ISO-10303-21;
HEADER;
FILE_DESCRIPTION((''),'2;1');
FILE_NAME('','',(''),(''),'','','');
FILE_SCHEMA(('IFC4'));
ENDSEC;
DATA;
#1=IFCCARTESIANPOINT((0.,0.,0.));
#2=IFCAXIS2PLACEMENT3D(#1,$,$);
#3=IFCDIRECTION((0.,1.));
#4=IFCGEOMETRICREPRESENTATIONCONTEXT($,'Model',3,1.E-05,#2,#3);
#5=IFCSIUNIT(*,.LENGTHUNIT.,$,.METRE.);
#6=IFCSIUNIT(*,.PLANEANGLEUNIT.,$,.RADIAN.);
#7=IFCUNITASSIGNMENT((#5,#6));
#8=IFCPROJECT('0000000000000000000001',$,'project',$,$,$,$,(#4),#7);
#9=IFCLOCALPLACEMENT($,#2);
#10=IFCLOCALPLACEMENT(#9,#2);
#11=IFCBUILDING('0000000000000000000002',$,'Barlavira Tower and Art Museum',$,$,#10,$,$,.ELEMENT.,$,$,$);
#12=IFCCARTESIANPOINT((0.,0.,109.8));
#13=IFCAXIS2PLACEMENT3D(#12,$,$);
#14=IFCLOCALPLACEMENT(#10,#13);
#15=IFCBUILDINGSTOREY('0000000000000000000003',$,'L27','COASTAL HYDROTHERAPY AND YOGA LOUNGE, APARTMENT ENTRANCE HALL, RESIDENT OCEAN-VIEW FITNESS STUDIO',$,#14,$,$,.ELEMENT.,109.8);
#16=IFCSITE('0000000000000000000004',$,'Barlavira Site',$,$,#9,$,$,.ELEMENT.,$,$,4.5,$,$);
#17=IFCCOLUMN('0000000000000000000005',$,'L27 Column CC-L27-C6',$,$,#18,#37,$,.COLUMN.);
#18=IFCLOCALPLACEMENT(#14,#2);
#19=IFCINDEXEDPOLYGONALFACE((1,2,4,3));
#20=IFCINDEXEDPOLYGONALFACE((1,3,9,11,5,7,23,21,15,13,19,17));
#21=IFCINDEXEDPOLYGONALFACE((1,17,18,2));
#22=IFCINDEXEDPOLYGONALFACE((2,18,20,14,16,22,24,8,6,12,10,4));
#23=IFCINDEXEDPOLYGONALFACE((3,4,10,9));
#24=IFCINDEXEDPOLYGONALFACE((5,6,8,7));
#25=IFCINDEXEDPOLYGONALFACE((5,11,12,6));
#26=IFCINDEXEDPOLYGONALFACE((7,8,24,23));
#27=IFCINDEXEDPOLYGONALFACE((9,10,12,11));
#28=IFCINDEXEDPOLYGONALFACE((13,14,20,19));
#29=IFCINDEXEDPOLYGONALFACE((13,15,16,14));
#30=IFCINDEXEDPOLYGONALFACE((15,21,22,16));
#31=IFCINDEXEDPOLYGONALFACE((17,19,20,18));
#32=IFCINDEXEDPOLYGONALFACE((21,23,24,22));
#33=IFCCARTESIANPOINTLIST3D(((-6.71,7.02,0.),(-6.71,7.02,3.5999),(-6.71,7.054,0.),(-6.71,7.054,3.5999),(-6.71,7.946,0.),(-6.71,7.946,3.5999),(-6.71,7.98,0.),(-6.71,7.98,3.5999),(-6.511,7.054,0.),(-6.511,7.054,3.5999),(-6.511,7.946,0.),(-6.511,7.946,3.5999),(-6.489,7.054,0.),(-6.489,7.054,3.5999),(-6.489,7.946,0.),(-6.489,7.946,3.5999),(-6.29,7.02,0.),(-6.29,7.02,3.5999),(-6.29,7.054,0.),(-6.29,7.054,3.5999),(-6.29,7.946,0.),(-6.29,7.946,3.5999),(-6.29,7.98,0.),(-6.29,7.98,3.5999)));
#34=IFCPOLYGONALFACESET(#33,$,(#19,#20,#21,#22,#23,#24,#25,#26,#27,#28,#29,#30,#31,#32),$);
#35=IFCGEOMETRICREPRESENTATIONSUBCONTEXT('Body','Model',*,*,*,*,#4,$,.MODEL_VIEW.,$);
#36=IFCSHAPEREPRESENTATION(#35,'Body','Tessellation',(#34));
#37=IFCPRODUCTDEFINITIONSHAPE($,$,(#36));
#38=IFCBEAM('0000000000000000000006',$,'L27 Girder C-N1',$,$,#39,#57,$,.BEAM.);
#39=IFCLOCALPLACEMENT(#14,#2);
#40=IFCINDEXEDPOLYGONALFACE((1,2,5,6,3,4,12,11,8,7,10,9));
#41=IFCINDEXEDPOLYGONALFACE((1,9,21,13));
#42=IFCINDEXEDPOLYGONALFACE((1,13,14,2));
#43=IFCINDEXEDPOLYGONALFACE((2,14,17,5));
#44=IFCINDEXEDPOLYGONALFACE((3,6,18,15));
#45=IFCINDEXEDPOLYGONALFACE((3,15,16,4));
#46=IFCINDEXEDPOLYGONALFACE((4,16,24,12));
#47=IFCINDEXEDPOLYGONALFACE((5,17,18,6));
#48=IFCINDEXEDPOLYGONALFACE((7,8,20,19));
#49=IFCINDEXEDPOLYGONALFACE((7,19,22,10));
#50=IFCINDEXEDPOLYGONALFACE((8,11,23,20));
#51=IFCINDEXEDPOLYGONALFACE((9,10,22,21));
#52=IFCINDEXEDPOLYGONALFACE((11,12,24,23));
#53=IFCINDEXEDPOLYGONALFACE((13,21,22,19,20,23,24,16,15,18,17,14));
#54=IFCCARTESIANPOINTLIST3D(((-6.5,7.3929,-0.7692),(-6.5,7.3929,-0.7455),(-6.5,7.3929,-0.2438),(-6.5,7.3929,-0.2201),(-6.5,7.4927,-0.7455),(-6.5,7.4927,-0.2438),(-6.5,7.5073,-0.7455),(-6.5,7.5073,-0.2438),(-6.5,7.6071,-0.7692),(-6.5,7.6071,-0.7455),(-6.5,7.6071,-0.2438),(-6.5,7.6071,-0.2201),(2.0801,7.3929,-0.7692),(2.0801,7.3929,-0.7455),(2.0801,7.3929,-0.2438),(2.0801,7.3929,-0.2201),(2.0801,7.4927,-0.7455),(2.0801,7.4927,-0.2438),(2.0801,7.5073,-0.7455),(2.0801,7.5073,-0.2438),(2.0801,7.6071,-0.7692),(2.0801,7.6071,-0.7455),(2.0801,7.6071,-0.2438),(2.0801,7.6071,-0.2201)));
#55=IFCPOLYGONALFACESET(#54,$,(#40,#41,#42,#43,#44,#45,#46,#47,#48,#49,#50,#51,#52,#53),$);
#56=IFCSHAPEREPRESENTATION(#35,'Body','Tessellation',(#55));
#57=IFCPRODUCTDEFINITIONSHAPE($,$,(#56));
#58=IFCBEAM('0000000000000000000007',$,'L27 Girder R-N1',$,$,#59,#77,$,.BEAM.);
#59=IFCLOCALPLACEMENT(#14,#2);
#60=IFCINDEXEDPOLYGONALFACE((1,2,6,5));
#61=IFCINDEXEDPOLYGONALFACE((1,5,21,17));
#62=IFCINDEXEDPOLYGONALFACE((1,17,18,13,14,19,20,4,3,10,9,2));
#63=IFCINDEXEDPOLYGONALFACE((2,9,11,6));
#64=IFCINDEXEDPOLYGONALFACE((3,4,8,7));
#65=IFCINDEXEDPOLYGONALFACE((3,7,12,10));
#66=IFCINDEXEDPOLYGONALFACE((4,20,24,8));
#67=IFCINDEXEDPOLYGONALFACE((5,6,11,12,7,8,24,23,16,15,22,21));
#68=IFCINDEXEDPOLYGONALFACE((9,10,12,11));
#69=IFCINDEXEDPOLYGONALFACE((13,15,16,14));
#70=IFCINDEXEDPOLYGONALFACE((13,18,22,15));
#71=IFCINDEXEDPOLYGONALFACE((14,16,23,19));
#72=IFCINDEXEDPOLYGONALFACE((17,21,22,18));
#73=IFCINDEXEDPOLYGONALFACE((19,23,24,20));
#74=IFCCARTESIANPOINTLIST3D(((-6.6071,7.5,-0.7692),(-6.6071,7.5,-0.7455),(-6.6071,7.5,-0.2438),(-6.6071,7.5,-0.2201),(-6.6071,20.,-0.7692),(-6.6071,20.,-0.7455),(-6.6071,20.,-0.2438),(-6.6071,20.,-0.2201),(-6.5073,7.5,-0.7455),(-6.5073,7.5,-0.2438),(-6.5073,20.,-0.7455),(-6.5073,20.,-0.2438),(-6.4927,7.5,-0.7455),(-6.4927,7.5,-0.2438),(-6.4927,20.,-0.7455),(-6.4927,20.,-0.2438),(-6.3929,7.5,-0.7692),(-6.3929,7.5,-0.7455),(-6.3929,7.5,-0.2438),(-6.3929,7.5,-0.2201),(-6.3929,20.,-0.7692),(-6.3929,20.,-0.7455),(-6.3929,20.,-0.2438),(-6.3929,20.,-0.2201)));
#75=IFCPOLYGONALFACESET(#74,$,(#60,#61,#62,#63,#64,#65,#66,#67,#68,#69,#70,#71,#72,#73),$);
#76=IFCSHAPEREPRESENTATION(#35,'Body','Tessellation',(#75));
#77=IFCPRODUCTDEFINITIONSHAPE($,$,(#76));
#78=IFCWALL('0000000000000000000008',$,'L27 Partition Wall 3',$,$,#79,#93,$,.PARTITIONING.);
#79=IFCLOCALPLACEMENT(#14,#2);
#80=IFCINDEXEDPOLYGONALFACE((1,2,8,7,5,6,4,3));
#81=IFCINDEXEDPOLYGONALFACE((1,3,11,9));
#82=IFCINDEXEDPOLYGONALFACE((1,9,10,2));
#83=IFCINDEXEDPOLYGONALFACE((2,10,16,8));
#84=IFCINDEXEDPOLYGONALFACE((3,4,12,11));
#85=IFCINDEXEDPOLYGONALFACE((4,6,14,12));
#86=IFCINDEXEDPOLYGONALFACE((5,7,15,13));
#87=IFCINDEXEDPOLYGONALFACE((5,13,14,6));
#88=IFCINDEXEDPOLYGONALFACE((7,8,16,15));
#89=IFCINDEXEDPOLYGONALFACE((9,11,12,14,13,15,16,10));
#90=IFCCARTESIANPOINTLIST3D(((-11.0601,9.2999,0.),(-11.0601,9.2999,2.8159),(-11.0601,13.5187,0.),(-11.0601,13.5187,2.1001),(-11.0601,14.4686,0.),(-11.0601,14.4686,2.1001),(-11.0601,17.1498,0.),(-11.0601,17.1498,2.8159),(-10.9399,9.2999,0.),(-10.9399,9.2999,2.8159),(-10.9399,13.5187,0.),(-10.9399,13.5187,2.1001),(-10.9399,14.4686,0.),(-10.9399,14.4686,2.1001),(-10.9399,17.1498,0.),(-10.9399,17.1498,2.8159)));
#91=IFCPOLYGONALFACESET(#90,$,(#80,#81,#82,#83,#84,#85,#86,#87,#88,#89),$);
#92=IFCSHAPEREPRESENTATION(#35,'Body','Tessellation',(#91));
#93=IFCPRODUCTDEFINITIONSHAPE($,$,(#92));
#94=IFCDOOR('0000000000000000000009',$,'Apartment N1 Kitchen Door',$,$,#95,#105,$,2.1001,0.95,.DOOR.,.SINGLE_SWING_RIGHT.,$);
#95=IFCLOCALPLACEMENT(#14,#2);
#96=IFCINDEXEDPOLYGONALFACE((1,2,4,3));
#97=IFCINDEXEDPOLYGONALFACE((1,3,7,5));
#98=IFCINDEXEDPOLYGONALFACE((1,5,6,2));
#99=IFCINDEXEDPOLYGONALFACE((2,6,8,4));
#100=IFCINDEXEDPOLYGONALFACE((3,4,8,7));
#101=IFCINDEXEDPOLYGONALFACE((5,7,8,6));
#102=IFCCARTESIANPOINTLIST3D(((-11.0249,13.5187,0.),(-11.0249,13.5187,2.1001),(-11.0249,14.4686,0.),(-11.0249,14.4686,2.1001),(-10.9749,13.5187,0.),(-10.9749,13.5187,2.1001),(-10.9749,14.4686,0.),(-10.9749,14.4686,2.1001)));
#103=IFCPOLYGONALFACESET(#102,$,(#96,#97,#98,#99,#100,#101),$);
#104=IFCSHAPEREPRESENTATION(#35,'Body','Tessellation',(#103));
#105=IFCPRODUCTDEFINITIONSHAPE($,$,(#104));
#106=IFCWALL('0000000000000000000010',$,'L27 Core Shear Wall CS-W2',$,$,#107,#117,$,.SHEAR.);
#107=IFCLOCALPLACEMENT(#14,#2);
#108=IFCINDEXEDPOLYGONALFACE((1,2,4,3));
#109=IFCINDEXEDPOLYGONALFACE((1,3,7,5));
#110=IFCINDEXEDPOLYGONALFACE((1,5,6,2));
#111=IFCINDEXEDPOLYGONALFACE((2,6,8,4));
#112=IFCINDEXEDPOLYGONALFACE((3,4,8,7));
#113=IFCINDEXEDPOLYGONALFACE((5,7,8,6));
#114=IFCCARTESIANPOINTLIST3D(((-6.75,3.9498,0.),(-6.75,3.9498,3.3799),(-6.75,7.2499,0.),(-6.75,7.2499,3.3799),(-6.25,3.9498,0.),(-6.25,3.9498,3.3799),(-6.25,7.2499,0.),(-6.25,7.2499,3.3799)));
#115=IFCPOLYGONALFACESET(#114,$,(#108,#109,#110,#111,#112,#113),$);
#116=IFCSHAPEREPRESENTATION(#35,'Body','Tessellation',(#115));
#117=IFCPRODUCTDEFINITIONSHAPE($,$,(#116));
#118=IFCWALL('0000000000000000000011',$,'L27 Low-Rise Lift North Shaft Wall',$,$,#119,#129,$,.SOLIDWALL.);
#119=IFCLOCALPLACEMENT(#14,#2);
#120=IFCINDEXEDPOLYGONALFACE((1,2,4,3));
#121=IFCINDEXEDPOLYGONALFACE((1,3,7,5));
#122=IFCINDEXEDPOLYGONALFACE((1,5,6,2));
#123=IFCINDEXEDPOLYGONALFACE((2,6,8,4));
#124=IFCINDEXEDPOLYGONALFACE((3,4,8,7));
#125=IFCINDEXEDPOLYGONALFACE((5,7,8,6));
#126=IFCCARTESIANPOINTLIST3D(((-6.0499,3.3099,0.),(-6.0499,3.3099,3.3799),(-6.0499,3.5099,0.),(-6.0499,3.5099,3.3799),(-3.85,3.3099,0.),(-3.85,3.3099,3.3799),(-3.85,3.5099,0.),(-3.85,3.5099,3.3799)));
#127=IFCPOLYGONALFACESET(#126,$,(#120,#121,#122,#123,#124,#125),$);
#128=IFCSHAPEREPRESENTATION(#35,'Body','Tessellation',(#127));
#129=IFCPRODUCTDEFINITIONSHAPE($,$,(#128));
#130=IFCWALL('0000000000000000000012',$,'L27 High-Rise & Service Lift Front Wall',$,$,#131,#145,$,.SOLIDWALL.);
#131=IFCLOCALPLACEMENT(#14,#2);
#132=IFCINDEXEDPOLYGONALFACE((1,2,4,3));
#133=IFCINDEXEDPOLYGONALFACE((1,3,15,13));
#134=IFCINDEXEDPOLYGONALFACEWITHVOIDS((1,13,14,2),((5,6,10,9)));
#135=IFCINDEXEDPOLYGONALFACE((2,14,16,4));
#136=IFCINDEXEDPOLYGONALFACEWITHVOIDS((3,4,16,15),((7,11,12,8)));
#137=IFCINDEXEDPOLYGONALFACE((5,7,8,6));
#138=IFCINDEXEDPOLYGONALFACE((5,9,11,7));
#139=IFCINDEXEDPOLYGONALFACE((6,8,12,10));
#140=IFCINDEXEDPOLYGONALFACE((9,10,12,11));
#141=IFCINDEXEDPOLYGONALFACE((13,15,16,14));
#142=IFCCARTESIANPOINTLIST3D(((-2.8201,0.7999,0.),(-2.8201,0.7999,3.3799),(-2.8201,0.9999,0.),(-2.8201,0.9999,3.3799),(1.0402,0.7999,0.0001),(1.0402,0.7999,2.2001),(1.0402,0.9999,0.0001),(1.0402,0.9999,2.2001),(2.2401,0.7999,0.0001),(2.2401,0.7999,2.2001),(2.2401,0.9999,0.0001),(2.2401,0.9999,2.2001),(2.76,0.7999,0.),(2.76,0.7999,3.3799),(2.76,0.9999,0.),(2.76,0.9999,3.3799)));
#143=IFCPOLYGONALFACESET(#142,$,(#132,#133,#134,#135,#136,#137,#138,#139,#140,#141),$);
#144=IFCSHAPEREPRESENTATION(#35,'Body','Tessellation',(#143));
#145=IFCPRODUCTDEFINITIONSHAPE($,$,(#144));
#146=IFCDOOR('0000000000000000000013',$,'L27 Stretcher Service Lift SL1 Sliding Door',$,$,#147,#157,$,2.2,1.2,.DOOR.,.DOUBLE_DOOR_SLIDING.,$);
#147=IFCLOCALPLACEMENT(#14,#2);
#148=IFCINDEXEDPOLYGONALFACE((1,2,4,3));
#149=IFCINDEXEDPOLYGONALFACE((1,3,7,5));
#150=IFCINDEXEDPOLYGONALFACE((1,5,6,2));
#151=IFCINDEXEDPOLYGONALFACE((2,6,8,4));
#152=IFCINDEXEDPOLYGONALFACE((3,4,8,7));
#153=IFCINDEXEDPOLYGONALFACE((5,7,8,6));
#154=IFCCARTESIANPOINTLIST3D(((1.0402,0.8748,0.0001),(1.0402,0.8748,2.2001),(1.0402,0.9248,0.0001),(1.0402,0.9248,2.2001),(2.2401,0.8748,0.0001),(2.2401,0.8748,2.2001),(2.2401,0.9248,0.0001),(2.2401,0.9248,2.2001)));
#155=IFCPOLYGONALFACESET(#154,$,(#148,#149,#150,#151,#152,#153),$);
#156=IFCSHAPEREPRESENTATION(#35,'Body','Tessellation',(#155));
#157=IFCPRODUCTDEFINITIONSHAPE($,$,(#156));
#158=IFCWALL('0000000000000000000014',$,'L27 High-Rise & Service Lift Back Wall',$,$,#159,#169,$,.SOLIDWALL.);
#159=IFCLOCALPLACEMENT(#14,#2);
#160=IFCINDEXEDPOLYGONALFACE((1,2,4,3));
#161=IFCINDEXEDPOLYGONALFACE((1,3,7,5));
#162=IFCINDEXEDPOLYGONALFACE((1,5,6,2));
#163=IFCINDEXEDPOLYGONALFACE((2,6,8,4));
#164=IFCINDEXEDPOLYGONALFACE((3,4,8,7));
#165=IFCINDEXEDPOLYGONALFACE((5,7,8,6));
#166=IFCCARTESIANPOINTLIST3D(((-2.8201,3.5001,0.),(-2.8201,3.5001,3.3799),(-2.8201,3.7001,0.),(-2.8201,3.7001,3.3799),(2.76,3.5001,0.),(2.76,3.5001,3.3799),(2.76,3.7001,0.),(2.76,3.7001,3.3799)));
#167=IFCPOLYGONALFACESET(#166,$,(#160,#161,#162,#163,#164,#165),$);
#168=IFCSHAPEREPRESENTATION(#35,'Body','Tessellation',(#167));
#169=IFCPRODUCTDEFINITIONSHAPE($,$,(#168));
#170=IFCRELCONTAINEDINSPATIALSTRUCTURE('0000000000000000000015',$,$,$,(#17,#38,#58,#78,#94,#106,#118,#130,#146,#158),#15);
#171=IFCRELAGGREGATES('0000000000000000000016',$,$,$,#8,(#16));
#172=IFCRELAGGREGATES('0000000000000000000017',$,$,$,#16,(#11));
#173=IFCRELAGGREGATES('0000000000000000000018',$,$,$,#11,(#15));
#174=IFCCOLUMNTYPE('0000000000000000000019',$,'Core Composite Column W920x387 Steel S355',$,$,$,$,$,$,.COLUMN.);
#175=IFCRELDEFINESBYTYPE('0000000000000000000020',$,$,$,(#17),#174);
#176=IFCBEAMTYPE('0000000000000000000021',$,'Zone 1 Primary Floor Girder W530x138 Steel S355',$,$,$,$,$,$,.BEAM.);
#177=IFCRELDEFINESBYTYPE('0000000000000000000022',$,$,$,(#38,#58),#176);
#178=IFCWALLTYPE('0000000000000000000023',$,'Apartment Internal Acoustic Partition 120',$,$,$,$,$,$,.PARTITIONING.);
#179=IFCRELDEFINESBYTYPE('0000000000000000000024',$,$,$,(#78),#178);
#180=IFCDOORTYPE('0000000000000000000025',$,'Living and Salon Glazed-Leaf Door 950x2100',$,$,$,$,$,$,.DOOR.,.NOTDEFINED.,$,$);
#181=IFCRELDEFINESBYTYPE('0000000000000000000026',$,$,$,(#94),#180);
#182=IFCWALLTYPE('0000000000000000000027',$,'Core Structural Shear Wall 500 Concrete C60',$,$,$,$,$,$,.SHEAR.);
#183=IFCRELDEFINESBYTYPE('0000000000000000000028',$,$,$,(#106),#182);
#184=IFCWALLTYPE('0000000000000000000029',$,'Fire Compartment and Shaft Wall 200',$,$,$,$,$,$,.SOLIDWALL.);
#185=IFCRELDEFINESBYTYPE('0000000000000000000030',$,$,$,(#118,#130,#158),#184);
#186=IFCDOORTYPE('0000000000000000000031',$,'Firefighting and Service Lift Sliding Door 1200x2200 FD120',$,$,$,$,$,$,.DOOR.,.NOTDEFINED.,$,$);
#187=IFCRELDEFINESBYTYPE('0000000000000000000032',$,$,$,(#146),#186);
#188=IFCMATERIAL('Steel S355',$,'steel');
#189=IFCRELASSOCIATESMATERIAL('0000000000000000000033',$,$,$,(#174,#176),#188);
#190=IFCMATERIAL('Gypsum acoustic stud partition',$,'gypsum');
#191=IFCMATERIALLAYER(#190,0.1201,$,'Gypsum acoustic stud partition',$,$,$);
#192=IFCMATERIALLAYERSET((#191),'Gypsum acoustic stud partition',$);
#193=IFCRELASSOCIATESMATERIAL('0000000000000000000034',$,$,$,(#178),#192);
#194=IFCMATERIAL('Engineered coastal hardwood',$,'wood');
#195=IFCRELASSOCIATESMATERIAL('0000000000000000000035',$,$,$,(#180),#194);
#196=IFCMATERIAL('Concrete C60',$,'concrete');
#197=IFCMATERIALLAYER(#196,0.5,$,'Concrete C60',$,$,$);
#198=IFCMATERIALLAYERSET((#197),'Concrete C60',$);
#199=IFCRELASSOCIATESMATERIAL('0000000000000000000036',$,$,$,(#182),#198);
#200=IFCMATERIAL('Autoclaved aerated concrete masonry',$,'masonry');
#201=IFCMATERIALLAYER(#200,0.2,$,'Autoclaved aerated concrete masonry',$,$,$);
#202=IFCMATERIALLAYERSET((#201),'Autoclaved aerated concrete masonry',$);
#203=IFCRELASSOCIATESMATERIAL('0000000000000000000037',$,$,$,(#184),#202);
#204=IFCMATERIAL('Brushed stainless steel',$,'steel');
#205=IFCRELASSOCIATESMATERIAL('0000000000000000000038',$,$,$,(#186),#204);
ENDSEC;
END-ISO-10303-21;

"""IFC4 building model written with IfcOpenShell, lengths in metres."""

from ifc_helpers import new_model, si_unit, direction, frame, frame_2d, origin, origin_2d, place, context, subcontext, project, spatial, rectangle, i_section, extrude, material, layer, layer_set, material_profile, profile_set, type_object, element, fill, save


model = new_model("IFC4")

# Units and contexts
model_context = context("Model", 3, precision=1e-05, world=origin(), true_north=direction((0.0, 1.0)))
body_context = subcontext(model_context, "Body", "Model", "MODEL_VIEW")
ifc_project = project(units=[si_unit("LENGTHUNIT", "METRE"), si_unit("PLANEANGLEUNIT", "RADIAN")], contexts=[model_context])

# Site, building, storey
site_placement = place(None, origin())
site = spatial("IfcSite", under=ifc_project, at=site_placement, Name="Barlavira Site", CompositionType="ELEMENT", RefElevation=4.5)
building_placement = place(site_placement, origin())
building = spatial("IfcBuilding", under=site, at=building_placement, Name="Barlavira Tower and Art Museum", CompositionType="ELEMENT")
storey_placement = place(building_placement, frame((0.0, 0.0, 109.8)))
storey = spatial("IfcBuildingStorey", under=building, at=storey_placement, Name="L27", Description="COASTAL HYDROTHERAPY AND YOGA LOUNGE, APARTMENT ENTRANCE HALL, RESIDENT OCEAN-VIEW FITNESS STUDIO", CompositionType="ELEMENT", Elevation=109.8)

# Column
ifc_material_1 = material(Name="Steel S355", Category="steel")
ifc_material_profile_1 = material_profile(ifc_material_1, i_section(OverallWidth=0.4199, OverallDepth=0.96, WebThickness=0.022, FlangeThickness=0.0339, at=origin_2d()), Name="W920x387.0")
ifc_profile_set_1 = profile_set([ifc_material_profile_1], Name="Steel S355")
column_type = type_object("IfcColumnType", Name="Core Composite Column W920x387 Steel S355", PredefinedType="COLUMN", material=ifc_profile_set_1)
column_placement = place(storey_placement, frame((-6.5, 7.5, 0.0), z_axis=(0.0, 0.0, 1.0), x_axis=(1.0, 0.0, 0.0)))
element("IfcColumn", 1, at=column_placement, inside=storey, type_object=column_type, Name="L27 Column CC-L27-C6", PredefinedType="COLUMN", context=body_context, shape_type="SweptSolid", body=[
    extrude(i_section(OverallWidth=0.4199, OverallDepth=0.96, WebThickness=0.022, FlangeThickness=0.0339, at=origin_2d()), origin(), (0.0, 0.0, 1.0), 3.5999),
])

# Beams
ifc_material_profile_2 = material_profile(ifc_material_1, i_section(OverallWidth=0.2141, OverallDepth=0.5491, WebThickness=0.0146, FlangeThickness=0.0237, at=origin_2d()), Name="W530x138.0")
ifc_profile_set_2 = profile_set([ifc_material_profile_2], Name="Steel S355")
beam_type = type_object("IfcBeamType", Name="Zone 1 Primary Floor Girder W530x138 Steel S355", PredefinedType="BEAM", material=ifc_profile_set_2)
beam_1_placement = place(storey_placement, frame((-6.5, 7.5, -0.4946), z_axis=(1.0, 0.0, 0.0), x_axis=(0.0, 1.0, 0.0)))
element("IfcBeam", 2, at=beam_1_placement, inside=storey, type_object=beam_type, Name="L27 Girder C-N1", PredefinedType="BEAM", context=body_context, shape_type="SweptSolid", body=[
    extrude(i_section(OverallWidth=0.2141, OverallDepth=0.5491, WebThickness=0.0146, FlangeThickness=0.0237, at=origin_2d()), origin(), (0.0, 0.0, 1.0), 8.5801),
])
beam_2_placement = place(storey_placement, frame((-6.5, 7.5, -0.4946), z_axis=(0.0, 1.0, 0.0), x_axis=(-1.0, 0.0, 0.0)))
element("IfcBeam", 3, at=beam_2_placement, inside=storey, type_object=beam_type, Name="L27 Girder R-N1", PredefinedType="BEAM", context=body_context, shape_type="SweptSolid", body=[
    extrude(i_section(OverallWidth=0.2141, OverallDepth=0.5491, WebThickness=0.0146, FlangeThickness=0.0237, at=origin_2d()), origin(), (0.0, 0.0, 1.0), 12.5),
])

# Wall, opening, door
ifc_material_2 = material(Name="Gypsum acoustic stud partition", Category="gypsum")
ifc_layer_1 = layer(ifc_material_2, 0.1201, Name="Gypsum acoustic stud partition")
ifc_layer_set_1 = layer_set([ifc_layer_1], Name="Gypsum acoustic stud partition")
wall_type_1 = type_object("IfcWallType", Name="Apartment Internal Acoustic Partition 120", PredefinedType="PARTITIONING", material=ifc_layer_set_1)
wall_1_placement = place(storey_placement, frame((-11.0, 9.3, 0.0), z_axis=(0.0, 0.0, 1.0), x_axis=(0.0, 1.0, 0.0)))
wall_1 = element("IfcWall", 4, at=wall_1_placement, inside=storey, type_object=wall_type_1, Name="L27 Partition Wall 3", PredefinedType="PARTITIONING", context=body_context, shape_type="SweptSolid", body=[
    extrude(rectangle(XDim=7.8499, YDim=0.1201, at=frame_2d((3.9248, 0.0))), origin(), (0.0, 0.0, 1.0), 2.8159),
])
opening_1_placement = place(wall_1_placement, frame((4.2185, 0.0, 0.0)))
opening_1 = element("IfcOpeningElement", 5, at=opening_1_placement, cuts=wall_1, PredefinedType="OPENING", context=body_context, shape_type="SweptSolid", body=[
    extrude(rectangle(XDim=0.95, YDim=2.1001, at=frame_2d((0.4751, 1.05))), frame((0.0, 0.0701, 0.0), z_axis=(0.0, -1.0, 0.0), x_axis=(1.0, 0.0, 0.0)), (0.0, 0.0, 1.0), 0.1401),
])
ifc_material_3 = material(Name="Engineered coastal hardwood", Category="wood")
door_type_1 = type_object("IfcDoorType", Name="Living and Salon Glazed-Leaf Door 950x2100", OperationType="NOTDEFINED", PredefinedType="DOOR", material=ifc_material_3)
door_1_placement = place(opening_1_placement, origin())
door_1 = element("IfcDoor", 6, at=door_1_placement, inside=storey, type_object=door_type_1, Name="Apartment N1 Kitchen Door", OperationType="SINGLE_SWING_RIGHT", OverallHeight=2.1001, OverallWidth=0.95, PredefinedType="DOOR", context=body_context, shape_type="SweptSolid", body=[
    extrude(rectangle(XDim=0.95, YDim=2.1001, at=frame_2d((0.4751, 1.05))), frame((0.0, 0.0249, 0.0), z_axis=(0.0, -1.0, 0.0), x_axis=(1.0, 0.0, 0.0)), (0.0, 0.0, 1.0), 0.05),
])
fill(opening_1, door_1)
ifc_material_4 = material(Name="Concrete C60", Category="concrete")
ifc_layer_2 = layer(ifc_material_4, 0.5, Name="Concrete C60")
ifc_layer_set_2 = layer_set([ifc_layer_2], Name="Concrete C60")
wall_type_2 = type_object("IfcWallType", Name="Core Structural Shear Wall 500 Concrete C60", PredefinedType="SHEAR", material=ifc_layer_set_2)
ifc_material_5 = material(Name="Brushed stainless steel", Category="steel")

# Walls
wall_2_placement = place(storey_placement, frame((-6.5, 3.95, 0.0), z_axis=(0.0, 0.0, 1.0), x_axis=(0.0, 1.0, 0.0)))
element("IfcWall", 7, at=wall_2_placement, inside=storey, type_object=wall_type_2, Name="L27 Core Shear Wall CS-W2", PredefinedType="SHEAR", context=body_context, shape_type="SweptSolid", body=[
    extrude(rectangle(XDim=3.3, YDim=0.5, at=frame_2d((1.6499, 0.0))), origin(), (0.0, 0.0, 1.0), 3.3799),
])
ifc_material_6 = material(Name="Autoclaved aerated concrete masonry", Category="masonry")
ifc_layer_3 = layer(ifc_material_6, 0.2, Name="Autoclaved aerated concrete masonry")
ifc_layer_set_3 = layer_set([ifc_layer_3], Name="Autoclaved aerated concrete masonry")
wall_type_3 = type_object("IfcWallType", Name="Fire Compartment and Shaft Wall 200", PredefinedType="SOLIDWALL", material=ifc_layer_set_3)
wall_3_placement = place(storey_placement, frame((-6.05, 3.4099, 0.0), z_axis=(0.0, 0.0, 1.0), x_axis=(1.0, 0.0, 0.0)))
element("IfcWall", 8, at=wall_3_placement, inside=storey, type_object=wall_type_3, Name="L27 Low-Rise Lift North Shaft Wall", PredefinedType="SOLIDWALL", context=body_context, shape_type="SweptSolid", body=[
    extrude(rectangle(XDim=2.2, YDim=0.2, at=frame_2d((1.1001, 0.0))), origin(), (0.0, 0.0, 1.0), 3.3799),
])

# Wall, opening, door
wall_4_placement = place(storey_placement, frame((-2.8201, 0.8999, 0.0), z_axis=(0.0, 0.0, 1.0), x_axis=(1.0, 0.0, 0.0)))
wall_4 = element("IfcWall", 9, at=wall_4_placement, inside=storey, type_object=wall_type_3, Name="L27 High-Rise & Service Lift Front Wall", PredefinedType="SOLIDWALL", context=body_context, shape_type="SweptSolid", body=[
    extrude(rectangle(XDim=5.5801, YDim=0.2, at=frame_2d((2.79, 0.0))), origin(), (0.0, 0.0, 1.0), 3.3799),
])
opening_2_placement = place(wall_4_placement, frame((3.8601, 0.0, 0.0)))
opening_2 = element("IfcOpeningElement", 10, at=opening_2_placement, cuts=wall_4, PredefinedType="OPENING", context=body_context, shape_type="SweptSolid", body=[
    extrude(rectangle(XDim=1.2, YDim=2.2, at=frame_2d((0.6001, 1.1001))), frame((0.0, 0.1099, 0.0), z_axis=(0.0, -1.0, 0.0), x_axis=(1.0, 0.0, 0.0)), (0.0, 0.0, 1.0), 0.22),
])
door_type_2 = type_object("IfcDoorType", Name="Firefighting and Service Lift Sliding Door 1200x2200 FD120", OperationType="NOTDEFINED", PredefinedType="DOOR", material=ifc_material_5)
door_2_placement = place(opening_2_placement, origin())
door_2 = element("IfcDoor", 11, at=door_2_placement, inside=storey, type_object=door_type_2, Name="L27 Stretcher Service Lift SL1 Sliding Door", OperationType="DOUBLE_DOOR_SLIDING", OverallHeight=2.2, OverallWidth=1.2, PredefinedType="DOOR", context=body_context, shape_type="SweptSolid", body=[
    extrude(rectangle(XDim=1.2, YDim=2.2, at=frame_2d((0.6001, 1.1001))), frame((0.0, 0.0249, 0.0), z_axis=(0.0, -1.0, 0.0), x_axis=(1.0, 0.0, 0.0)), (0.0, 0.0, 1.0), 0.05),
])
fill(opening_2, door_2)

# Wall
wall_5_placement = place(storey_placement, frame((-2.8201, 3.6001, 0.0), z_axis=(0.0, 0.0, 1.0), x_axis=(1.0, 0.0, 0.0)))
element("IfcWall", 12, at=wall_5_placement, inside=storey, type_object=wall_type_3, Name="L27 High-Rise & Service Lift Back Wall", PredefinedType="SOLIDWALL", context=body_context, shape_type="SweptSolid", body=[
    extrude(rectangle(XDim=5.5801, YDim=0.2, at=frame_2d((2.79, 0.0))), origin(), (0.0, 0.0, 1.0), 3.3799),
])

save(model, "model.ifc")
